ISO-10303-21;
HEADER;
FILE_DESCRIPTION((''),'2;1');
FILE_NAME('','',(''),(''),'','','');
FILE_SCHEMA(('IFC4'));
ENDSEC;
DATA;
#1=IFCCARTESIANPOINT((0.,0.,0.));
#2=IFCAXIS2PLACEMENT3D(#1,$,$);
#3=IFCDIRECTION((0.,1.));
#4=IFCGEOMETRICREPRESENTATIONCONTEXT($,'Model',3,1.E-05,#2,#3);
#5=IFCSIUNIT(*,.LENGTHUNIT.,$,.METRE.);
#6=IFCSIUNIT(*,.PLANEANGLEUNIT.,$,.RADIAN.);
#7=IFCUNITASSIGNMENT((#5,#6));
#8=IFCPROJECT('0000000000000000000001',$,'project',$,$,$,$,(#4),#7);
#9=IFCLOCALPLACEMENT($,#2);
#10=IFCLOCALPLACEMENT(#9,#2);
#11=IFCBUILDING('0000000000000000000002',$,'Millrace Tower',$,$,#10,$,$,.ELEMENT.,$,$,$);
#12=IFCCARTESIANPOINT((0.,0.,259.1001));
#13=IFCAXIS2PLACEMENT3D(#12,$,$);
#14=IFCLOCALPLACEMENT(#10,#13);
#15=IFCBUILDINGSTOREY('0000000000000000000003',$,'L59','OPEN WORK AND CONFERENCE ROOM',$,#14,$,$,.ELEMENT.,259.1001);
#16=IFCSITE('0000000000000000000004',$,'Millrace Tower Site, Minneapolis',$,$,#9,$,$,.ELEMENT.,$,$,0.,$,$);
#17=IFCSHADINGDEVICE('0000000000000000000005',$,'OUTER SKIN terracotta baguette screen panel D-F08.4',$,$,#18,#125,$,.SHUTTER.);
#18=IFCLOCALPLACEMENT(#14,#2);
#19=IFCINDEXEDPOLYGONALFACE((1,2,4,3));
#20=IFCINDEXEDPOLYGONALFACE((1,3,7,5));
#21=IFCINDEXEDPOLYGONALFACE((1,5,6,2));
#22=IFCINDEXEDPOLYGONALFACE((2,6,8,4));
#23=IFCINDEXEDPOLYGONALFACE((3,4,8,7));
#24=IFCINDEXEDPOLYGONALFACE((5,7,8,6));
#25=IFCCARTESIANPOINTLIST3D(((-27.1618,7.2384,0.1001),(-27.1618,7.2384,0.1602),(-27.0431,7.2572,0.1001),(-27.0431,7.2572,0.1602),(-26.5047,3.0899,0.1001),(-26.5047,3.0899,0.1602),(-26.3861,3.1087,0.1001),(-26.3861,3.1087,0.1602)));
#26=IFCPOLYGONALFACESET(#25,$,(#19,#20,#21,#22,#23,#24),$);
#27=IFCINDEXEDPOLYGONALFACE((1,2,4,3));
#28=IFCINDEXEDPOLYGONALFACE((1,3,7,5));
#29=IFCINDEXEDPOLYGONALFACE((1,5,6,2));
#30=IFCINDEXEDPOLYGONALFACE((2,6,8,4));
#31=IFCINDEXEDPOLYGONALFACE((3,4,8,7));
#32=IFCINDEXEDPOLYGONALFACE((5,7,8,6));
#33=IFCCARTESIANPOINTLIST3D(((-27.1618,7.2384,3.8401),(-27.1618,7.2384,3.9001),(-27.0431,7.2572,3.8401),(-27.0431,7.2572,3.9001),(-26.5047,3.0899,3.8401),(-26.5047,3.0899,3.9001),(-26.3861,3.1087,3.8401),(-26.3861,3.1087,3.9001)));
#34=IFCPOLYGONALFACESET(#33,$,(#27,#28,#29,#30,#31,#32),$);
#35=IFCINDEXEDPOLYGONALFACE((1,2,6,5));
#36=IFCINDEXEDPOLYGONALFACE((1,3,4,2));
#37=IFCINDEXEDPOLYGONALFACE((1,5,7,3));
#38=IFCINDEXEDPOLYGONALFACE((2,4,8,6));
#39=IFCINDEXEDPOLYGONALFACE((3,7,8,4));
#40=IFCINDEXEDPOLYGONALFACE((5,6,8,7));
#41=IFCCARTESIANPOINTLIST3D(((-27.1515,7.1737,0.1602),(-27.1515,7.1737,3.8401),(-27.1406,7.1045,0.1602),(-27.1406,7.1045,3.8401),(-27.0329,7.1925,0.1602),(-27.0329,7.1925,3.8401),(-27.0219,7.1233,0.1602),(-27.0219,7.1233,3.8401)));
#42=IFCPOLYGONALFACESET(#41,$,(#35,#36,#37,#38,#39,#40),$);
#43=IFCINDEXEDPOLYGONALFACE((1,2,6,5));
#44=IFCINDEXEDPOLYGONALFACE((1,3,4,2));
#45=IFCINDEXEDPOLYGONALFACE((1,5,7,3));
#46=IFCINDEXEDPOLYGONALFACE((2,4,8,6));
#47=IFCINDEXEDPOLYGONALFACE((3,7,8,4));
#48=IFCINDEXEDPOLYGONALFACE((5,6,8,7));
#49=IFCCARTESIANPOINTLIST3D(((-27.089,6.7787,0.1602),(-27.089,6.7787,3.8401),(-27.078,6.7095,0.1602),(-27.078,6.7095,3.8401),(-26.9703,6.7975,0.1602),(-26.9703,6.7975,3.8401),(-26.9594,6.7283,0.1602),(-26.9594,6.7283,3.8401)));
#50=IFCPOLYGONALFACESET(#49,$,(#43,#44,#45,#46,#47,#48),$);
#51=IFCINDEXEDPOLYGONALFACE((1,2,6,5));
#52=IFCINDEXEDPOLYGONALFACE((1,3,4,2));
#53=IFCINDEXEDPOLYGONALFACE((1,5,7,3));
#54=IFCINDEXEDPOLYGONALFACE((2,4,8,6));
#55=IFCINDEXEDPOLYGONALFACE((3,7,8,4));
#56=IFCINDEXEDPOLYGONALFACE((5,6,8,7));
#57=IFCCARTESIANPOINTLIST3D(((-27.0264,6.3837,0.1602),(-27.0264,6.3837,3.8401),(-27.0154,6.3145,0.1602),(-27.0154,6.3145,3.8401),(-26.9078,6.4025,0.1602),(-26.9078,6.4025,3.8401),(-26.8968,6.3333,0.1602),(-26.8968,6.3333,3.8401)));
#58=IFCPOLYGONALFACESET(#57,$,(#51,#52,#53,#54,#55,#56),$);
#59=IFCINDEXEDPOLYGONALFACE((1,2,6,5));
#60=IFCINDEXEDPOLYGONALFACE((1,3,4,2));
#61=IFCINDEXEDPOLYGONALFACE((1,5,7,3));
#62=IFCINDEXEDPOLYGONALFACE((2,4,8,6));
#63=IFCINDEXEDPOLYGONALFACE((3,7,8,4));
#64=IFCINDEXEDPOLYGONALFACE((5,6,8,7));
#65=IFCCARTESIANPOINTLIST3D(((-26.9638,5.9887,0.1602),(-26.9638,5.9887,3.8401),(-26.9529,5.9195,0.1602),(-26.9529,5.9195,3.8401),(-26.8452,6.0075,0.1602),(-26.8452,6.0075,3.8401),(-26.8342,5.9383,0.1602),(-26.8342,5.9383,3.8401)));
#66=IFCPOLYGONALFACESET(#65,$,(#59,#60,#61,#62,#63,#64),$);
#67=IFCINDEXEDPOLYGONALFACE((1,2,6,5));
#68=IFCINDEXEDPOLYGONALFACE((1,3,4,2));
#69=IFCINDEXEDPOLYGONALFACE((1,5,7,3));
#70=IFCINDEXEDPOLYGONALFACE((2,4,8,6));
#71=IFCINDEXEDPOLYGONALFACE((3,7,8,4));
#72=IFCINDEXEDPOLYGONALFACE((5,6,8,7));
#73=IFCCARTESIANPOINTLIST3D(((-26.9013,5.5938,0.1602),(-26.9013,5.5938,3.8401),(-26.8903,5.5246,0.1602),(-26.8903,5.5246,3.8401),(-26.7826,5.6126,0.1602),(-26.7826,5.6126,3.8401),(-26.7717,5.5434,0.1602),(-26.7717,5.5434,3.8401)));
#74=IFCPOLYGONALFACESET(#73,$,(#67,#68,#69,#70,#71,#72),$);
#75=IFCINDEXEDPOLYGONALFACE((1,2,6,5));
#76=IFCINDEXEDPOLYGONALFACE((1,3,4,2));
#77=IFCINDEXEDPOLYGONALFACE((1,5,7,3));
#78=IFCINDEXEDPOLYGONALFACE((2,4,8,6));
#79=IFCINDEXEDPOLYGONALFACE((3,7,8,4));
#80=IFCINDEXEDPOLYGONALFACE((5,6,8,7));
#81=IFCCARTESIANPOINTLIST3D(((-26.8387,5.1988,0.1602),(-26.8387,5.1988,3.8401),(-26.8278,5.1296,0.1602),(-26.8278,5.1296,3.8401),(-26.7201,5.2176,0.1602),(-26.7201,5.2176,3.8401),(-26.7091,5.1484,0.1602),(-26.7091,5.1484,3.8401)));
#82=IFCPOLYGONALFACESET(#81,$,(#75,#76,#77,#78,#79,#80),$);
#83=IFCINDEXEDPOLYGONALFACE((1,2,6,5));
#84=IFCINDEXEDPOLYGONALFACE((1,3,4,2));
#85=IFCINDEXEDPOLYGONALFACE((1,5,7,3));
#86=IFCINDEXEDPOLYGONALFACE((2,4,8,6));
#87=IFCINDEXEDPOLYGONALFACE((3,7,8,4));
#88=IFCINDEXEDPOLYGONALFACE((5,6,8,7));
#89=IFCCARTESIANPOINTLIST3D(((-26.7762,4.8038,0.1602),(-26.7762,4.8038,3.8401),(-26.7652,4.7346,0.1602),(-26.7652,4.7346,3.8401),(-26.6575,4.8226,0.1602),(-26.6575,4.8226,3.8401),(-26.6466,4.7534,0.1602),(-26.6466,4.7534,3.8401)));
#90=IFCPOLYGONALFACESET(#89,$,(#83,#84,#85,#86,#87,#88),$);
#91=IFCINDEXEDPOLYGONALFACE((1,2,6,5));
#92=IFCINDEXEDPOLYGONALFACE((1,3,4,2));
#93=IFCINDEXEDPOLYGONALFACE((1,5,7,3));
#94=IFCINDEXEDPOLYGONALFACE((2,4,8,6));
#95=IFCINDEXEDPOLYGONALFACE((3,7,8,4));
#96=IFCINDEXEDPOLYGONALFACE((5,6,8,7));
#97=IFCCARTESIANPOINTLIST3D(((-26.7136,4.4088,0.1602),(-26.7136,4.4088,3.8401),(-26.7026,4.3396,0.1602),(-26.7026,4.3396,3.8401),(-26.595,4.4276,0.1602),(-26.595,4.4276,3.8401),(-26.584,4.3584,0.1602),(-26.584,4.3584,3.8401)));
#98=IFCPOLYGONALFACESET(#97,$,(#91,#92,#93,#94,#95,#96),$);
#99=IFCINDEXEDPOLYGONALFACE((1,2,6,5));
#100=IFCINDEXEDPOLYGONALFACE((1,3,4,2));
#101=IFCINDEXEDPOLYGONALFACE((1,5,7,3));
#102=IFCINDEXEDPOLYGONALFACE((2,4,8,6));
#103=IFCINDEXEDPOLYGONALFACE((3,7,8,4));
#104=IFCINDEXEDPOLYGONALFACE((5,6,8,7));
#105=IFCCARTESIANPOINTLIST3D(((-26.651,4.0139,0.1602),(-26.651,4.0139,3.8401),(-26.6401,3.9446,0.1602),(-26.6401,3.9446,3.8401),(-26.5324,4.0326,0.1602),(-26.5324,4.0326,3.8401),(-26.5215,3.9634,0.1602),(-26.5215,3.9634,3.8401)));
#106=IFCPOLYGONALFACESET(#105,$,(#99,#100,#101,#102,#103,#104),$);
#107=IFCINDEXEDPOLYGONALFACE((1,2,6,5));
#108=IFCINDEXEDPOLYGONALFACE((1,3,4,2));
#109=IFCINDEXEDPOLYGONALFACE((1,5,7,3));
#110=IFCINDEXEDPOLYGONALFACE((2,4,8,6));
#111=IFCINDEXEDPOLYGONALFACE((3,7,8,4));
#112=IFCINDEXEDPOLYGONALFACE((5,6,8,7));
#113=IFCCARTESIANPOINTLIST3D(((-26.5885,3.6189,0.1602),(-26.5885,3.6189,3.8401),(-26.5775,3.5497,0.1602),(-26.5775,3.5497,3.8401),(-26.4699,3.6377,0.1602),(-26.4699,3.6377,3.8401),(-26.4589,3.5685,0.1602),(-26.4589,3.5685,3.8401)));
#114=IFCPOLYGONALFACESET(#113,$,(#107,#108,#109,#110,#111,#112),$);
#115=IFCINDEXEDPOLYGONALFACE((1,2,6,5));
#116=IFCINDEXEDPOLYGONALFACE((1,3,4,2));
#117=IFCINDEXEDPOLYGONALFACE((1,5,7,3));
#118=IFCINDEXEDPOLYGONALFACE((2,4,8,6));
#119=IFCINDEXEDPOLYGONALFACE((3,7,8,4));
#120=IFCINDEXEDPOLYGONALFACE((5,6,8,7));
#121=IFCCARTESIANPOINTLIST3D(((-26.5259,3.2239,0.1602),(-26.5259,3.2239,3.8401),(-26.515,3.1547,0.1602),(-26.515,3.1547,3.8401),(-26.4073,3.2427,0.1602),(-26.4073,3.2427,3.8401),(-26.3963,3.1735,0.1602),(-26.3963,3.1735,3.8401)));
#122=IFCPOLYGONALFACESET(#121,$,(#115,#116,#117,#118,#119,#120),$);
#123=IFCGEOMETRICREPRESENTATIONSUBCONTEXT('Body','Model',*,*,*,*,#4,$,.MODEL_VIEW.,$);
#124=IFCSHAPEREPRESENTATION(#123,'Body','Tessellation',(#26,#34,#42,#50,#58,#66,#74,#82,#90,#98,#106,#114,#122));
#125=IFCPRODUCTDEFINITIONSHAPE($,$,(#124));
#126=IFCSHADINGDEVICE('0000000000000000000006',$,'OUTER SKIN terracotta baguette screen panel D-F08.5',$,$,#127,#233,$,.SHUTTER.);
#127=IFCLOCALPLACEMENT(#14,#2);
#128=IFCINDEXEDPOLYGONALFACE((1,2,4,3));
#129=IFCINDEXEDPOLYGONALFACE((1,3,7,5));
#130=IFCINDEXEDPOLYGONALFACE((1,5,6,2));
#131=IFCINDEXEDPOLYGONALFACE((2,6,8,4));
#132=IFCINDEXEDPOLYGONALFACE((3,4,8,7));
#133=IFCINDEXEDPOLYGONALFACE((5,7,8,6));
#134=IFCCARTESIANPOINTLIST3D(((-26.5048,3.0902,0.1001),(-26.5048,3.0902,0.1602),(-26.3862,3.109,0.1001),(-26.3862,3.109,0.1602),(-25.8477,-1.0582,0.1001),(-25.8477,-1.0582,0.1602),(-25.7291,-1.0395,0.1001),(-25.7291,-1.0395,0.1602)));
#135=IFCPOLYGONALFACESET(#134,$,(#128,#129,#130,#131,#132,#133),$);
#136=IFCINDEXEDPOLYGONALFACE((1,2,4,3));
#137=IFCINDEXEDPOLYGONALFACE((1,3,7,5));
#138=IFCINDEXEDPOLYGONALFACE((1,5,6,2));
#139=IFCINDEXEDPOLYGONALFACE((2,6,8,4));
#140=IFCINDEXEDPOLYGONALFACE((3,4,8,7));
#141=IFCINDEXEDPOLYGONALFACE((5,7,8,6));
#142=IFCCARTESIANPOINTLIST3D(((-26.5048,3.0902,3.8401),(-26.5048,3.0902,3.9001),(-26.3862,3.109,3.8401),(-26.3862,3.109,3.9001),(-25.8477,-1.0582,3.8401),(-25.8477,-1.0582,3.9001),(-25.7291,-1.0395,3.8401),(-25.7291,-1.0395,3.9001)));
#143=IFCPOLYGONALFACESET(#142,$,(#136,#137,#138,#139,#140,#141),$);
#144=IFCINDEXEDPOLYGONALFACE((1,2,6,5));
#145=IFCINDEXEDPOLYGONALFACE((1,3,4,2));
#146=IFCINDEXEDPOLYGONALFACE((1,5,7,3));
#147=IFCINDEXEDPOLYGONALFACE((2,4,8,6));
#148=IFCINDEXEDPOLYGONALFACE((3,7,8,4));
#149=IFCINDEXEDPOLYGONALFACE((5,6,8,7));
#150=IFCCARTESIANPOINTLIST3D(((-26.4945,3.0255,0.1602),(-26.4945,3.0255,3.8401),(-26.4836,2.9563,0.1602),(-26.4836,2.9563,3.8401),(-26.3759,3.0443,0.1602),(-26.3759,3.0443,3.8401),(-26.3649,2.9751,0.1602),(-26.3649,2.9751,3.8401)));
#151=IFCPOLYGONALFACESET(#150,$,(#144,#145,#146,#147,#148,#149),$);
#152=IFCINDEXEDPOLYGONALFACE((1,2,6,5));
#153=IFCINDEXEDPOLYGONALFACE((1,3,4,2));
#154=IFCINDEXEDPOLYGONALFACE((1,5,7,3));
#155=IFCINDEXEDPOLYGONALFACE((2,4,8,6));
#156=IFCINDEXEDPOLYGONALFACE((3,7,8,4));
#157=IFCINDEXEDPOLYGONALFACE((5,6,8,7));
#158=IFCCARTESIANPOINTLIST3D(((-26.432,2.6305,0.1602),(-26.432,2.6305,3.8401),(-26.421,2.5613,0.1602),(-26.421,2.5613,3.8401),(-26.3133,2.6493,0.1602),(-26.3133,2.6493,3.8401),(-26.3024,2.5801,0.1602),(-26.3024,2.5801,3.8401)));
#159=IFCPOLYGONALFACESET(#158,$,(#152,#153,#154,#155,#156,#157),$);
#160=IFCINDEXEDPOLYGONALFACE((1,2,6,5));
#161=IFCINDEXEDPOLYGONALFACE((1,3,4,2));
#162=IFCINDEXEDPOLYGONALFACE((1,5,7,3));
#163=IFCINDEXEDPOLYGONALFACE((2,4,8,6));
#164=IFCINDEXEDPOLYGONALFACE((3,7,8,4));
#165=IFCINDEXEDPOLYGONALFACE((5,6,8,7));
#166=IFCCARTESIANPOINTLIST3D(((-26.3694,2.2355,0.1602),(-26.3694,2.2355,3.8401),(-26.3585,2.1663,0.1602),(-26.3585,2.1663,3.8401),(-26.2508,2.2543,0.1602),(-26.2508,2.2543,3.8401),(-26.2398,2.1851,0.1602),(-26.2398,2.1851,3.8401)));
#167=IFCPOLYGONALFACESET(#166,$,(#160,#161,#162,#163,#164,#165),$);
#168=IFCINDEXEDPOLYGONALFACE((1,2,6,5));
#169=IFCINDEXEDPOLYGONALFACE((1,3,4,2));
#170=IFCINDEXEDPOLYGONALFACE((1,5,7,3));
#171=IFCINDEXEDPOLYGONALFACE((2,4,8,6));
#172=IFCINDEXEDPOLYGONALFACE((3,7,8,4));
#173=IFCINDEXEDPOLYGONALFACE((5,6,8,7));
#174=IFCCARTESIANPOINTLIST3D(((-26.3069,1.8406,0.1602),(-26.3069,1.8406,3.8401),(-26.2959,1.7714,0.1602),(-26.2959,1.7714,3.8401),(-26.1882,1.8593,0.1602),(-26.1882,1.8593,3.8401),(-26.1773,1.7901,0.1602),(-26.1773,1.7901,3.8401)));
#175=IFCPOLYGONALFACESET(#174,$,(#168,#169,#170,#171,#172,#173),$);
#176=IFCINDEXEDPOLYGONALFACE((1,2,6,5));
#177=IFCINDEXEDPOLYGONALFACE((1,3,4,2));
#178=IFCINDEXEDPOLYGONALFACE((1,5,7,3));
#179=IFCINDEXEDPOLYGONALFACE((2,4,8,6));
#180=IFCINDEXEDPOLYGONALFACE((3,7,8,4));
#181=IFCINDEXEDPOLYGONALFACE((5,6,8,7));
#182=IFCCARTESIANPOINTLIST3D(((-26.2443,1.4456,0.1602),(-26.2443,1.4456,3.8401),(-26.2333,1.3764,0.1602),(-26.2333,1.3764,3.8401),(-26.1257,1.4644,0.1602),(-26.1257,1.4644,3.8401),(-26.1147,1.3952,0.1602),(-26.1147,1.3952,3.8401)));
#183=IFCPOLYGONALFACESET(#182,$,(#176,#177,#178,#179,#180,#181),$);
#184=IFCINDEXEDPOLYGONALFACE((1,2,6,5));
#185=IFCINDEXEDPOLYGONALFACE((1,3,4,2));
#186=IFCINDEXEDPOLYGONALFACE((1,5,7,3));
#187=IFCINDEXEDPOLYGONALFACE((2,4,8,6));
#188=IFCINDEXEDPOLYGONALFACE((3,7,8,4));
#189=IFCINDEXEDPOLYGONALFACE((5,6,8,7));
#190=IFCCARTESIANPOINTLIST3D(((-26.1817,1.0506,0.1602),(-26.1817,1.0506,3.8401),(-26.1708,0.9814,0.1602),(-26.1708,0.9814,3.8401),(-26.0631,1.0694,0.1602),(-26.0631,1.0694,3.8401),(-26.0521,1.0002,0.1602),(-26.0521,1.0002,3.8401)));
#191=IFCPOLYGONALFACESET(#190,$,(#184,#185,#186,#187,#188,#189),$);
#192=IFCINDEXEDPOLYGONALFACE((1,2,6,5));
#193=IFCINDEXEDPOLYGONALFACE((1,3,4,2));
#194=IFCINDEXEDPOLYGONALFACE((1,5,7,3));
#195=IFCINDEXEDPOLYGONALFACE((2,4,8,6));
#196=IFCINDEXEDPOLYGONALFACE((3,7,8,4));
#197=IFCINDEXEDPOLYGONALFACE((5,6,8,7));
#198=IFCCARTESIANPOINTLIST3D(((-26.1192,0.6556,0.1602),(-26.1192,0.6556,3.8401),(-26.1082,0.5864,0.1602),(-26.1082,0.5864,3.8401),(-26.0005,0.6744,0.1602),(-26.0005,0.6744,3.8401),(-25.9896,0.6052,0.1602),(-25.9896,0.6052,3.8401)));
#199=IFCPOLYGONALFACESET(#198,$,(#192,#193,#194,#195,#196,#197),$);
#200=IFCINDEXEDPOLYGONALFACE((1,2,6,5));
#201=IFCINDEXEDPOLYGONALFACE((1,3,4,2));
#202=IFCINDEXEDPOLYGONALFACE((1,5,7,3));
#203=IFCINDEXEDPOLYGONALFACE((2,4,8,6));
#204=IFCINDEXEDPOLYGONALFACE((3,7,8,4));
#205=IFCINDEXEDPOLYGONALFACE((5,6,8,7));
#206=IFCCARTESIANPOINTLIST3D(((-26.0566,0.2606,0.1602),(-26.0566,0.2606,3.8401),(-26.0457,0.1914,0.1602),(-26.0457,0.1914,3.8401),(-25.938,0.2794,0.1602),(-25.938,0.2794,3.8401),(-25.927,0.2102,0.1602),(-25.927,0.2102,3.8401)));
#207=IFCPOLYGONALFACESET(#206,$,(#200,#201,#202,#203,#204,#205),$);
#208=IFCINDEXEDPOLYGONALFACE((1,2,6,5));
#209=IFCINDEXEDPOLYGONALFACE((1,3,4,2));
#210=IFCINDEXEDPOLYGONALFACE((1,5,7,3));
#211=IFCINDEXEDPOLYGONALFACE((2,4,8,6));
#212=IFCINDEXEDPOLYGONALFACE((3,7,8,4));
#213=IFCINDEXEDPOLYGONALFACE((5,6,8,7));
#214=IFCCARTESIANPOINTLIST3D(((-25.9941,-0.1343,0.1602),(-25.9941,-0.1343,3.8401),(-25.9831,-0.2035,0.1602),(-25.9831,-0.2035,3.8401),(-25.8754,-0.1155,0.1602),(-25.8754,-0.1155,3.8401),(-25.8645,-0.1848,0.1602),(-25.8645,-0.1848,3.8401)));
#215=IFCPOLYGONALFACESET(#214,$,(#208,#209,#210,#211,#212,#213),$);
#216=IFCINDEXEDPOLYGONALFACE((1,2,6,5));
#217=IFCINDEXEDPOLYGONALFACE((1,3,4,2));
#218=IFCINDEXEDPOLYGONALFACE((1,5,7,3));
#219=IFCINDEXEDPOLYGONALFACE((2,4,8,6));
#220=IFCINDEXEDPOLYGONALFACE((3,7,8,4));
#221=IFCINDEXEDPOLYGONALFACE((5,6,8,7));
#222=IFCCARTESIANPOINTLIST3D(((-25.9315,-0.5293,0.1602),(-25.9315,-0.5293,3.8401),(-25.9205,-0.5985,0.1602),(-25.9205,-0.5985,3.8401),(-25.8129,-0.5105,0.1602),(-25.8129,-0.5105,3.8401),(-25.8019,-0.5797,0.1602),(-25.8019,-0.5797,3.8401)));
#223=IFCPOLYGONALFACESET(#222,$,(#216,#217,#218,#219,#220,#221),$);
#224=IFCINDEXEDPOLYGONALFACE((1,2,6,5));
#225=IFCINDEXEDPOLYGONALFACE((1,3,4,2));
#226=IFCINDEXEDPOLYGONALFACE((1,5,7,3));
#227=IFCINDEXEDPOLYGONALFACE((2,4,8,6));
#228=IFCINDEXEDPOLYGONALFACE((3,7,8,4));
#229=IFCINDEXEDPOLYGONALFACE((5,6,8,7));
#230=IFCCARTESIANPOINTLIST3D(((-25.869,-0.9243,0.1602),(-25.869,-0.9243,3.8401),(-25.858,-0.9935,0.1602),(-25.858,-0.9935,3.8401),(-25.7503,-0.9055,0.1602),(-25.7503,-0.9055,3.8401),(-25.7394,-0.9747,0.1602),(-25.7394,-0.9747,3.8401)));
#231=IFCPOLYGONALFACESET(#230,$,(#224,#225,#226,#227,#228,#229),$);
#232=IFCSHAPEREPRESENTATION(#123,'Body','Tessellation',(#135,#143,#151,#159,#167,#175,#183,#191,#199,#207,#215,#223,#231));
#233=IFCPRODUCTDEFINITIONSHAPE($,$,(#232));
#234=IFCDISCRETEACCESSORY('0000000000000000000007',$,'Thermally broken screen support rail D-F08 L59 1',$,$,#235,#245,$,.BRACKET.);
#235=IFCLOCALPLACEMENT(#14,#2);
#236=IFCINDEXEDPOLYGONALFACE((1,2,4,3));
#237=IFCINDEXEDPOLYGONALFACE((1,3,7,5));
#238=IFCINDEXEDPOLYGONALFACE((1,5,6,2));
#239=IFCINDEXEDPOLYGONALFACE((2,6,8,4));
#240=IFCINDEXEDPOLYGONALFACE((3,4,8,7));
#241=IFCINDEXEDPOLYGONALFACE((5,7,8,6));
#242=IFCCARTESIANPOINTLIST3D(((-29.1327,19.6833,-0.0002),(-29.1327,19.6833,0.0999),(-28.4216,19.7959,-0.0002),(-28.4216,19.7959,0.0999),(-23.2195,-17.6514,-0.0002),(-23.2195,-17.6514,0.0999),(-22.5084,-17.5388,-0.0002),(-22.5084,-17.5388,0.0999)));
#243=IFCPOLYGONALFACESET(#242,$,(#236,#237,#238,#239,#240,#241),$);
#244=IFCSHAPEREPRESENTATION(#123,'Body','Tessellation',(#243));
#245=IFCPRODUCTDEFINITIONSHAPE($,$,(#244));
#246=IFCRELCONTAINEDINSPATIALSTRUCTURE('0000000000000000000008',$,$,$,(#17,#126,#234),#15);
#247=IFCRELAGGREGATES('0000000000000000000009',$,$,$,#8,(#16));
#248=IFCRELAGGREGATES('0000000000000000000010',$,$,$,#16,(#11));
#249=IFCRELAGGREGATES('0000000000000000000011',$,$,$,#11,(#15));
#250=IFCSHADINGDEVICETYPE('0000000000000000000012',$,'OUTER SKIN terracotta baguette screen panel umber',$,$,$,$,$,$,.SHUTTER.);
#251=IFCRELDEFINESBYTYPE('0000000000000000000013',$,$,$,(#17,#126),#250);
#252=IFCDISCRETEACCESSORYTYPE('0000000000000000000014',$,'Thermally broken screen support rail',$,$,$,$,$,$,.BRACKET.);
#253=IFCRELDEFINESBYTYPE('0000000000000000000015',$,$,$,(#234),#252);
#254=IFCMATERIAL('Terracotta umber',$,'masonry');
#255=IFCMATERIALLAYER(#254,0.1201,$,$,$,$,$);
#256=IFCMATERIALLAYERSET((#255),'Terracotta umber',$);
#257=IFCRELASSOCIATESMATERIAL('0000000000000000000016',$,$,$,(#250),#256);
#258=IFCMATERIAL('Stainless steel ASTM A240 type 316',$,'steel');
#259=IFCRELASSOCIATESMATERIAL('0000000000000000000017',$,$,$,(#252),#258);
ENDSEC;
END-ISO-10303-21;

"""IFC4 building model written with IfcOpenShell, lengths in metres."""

from ifc_helpers import new_model, entity, si_unit, direction, frame, frame_2d, origin, origin_2d, place, context, subcontext, project, spatial, rectangle, extrude, source, transform, mapped, material, layer, layer_set, type_object, element, save


model = new_model("IFC4")

# Units and contexts
model_context = context("Model", 3, precision=1e-05, world=origin(), true_north=direction((0.0, 1.0)))
body_context = subcontext(model_context, "Body", "Model", "MODEL_VIEW")
ifc_project = project(units=[si_unit("LENGTHUNIT", "METRE"), si_unit("PLANEANGLEUNIT", "RADIAN")], contexts=[model_context])

# Site, building, storey
site_placement = place(None, origin())
site = spatial("IfcSite", under=ifc_project, at=site_placement, Name="Millrace Tower Site, Minneapolis", CompositionType="ELEMENT", RefElevation=0.0)
building_placement = place(site_placement, origin())
building = spatial("IfcBuilding", under=site, at=building_placement, Name="Millrace Tower", CompositionType="ELEMENT")
storey_placement = place(building_placement, frame((0.0, 0.0, 259.1001)))
storey = spatial("IfcBuildingStorey", under=building, at=storey_placement, Name="L59", Description="OPEN WORK AND CONFERENCE ROOM", CompositionType="ELEMENT", Elevation=259.1001)

# Shading devices
ifc_material_1 = material(Name="Terracotta umber", Category="masonry")
ifc_layer_1 = layer(ifc_material_1, 0.1201)
ifc_layer_set_1 = layer_set([ifc_layer_1], Name="Terracotta umber")
shading_device_type = type_object("IfcShadingDeviceType", Name="OUTER SKIN terracotta baguette screen panel umber", PredefinedType="SHUTTER", material=ifc_layer_set_1)
cartesian_point = entity("IfcCartesianPoint", [-2.1001, 0.0601])
shared_polyline = entity("IfcPolyline", [cartesian_point, entity("IfcCartesianPoint", [2.1001, 0.0601]), entity("IfcCartesianPoint", [2.1001, -0.0601]), entity("IfcCartesianPoint", [-2.1001, -0.0601]), cartesian_point])
shared_shape = source(origin(), body_context, "Body", "SweptSolid", [
    entity("IfcExtrudedAreaSolid", entity("IfcArbitraryClosedProfileDef", "AREA", None, shared_polyline), entity("IfcAxis2Placement3D", entity("IfcCartesianPoint", [0.0, 0.0, 0.0])), entity("IfcDirection", [0.0, 0.0, 1.0]), 0.0601),
    entity("IfcExtrudedAreaSolid", entity("IfcArbitraryClosedProfileDef", "AREA", None, shared_polyline), entity("IfcAxis2Placement3D", entity("IfcCartesianPoint", [0.0, 0.0, 3.74])), entity("IfcDirection", [0.0, 0.0, 1.0]), 0.0601),
    extrude(rectangle(XDim=0.0701, YDim=0.1201, at=frame_2d((-1.9995, 0.0))), frame((0.0, 0.0, 0.0601)), (0.0, 0.0, 1.0), 3.6799),
    extrude(rectangle(XDim=0.0701, YDim=0.1201, at=frame_2d((-1.5996, 0.0))), frame((0.0, 0.0, 0.0601)), (0.0, 0.0, 1.0), 3.6799),
    extrude(rectangle(XDim=0.0701, YDim=0.1201, at=frame_2d((-1.1997, 0.0))), frame((0.0, 0.0, 0.0601)), (0.0, 0.0, 1.0), 3.6799),
    extrude(rectangle(XDim=0.0701, YDim=0.1201, at=frame_2d((-0.7998, 0.0))), frame((0.0, 0.0, 0.0601)), (0.0, 0.0, 1.0), 3.6799),
    extrude(rectangle(XDim=0.0701, YDim=0.1201, at=frame_2d((-0.3999, 0.0))), frame((0.0, 0.0, 0.0601)), (0.0, 0.0, 1.0), 3.6799),
    extrude(rectangle(XDim=0.0701, YDim=0.1201, at=origin_2d()), frame((0.0, 0.0, 0.0601)), (0.0, 0.0, 1.0), 3.6799),
    extrude(rectangle(XDim=0.0701, YDim=0.1201, at=frame_2d((0.3999, 0.0))), frame((0.0, 0.0, 0.0601)), (0.0, 0.0, 1.0), 3.6799),
    extrude(rectangle(XDim=0.0701, YDim=0.1201, at=frame_2d((0.7998, 0.0))), frame((0.0, 0.0, 0.0601)), (0.0, 0.0, 1.0), 3.6799),
    extrude(rectangle(XDim=0.0701, YDim=0.1201, at=frame_2d((1.1997, 0.0))), frame((0.0, 0.0, 0.0601)), (0.0, 0.0, 1.0), 3.6799),
    extrude(rectangle(XDim=0.0701, YDim=0.1201, at=frame_2d((1.5996, 0.0))), frame((0.0, 0.0, 0.0601)), (0.0, 0.0, 1.0), 3.6799),
    extrude(rectangle(XDim=0.0701, YDim=0.1201, at=frame_2d((1.9995, 0.0))), frame((0.0, 0.0, 0.0601)), (0.0, 0.0, 1.0), 3.6799),
])
for number, where, z_axis, x_axis, name in (
    (1, (-26.7739, 5.1736, 0.1001), (0.0, 0.0, 1.0), (0.156434, -0.987688, 0.0), "OUTER SKIN terracotta baguette screen panel D-F08.4"),
    (2, (-26.1169, 1.0254, 0.1001), (0.0, 0.0, 1.0), (0.156434, -0.987688, 0.0), "OUTER SKIN terracotta baguette screen panel D-F08.5"),
):
    element("IfcShadingDevice", number, at=place(storey_placement, frame(where, z_axis=z_axis, x_axis=x_axis)), inside=storey, type_object=shading_device_type, Name=name, PredefinedType="SHUTTER", context=body_context, shape_type="MappedRepresentation", body=[
        mapped(shared_shape, transform((0.0, 0.0, 0.0), scale=1.0)),
    ])

# Discrete accessory
ifc_material_2 = material(Name="Stainless steel ASTM A240 type 316", Category="steel")
discrete_accessory_type = type_object("IfcDiscreteAccessoryType", Name="Thermally broken screen support rail", PredefinedType="BRACKET", material=ifc_material_2)
discrete_accessory_placement = place(storey_placement, frame((-25.8206, 1.0723, -0.0002), z_axis=(0.0, 0.0, 1.0), x_axis=(0.156434, -0.987688, 0.0)))
element("IfcDiscreteAccessory", 3, at=discrete_accessory_placement, inside=storey, type_object=discrete_accessory_type, Name="Thermally broken screen support rail D-F08 L59 1", PredefinedType="BRACKET", context=body_context, shape_type="SweptSolid", body=[
    extrude(rectangle(XDim=37.8, YDim=0.72, at=origin_2d()), origin(), (0.0, 0.0, 1.0), 0.1001),
])

save(model, "model.ifc")
